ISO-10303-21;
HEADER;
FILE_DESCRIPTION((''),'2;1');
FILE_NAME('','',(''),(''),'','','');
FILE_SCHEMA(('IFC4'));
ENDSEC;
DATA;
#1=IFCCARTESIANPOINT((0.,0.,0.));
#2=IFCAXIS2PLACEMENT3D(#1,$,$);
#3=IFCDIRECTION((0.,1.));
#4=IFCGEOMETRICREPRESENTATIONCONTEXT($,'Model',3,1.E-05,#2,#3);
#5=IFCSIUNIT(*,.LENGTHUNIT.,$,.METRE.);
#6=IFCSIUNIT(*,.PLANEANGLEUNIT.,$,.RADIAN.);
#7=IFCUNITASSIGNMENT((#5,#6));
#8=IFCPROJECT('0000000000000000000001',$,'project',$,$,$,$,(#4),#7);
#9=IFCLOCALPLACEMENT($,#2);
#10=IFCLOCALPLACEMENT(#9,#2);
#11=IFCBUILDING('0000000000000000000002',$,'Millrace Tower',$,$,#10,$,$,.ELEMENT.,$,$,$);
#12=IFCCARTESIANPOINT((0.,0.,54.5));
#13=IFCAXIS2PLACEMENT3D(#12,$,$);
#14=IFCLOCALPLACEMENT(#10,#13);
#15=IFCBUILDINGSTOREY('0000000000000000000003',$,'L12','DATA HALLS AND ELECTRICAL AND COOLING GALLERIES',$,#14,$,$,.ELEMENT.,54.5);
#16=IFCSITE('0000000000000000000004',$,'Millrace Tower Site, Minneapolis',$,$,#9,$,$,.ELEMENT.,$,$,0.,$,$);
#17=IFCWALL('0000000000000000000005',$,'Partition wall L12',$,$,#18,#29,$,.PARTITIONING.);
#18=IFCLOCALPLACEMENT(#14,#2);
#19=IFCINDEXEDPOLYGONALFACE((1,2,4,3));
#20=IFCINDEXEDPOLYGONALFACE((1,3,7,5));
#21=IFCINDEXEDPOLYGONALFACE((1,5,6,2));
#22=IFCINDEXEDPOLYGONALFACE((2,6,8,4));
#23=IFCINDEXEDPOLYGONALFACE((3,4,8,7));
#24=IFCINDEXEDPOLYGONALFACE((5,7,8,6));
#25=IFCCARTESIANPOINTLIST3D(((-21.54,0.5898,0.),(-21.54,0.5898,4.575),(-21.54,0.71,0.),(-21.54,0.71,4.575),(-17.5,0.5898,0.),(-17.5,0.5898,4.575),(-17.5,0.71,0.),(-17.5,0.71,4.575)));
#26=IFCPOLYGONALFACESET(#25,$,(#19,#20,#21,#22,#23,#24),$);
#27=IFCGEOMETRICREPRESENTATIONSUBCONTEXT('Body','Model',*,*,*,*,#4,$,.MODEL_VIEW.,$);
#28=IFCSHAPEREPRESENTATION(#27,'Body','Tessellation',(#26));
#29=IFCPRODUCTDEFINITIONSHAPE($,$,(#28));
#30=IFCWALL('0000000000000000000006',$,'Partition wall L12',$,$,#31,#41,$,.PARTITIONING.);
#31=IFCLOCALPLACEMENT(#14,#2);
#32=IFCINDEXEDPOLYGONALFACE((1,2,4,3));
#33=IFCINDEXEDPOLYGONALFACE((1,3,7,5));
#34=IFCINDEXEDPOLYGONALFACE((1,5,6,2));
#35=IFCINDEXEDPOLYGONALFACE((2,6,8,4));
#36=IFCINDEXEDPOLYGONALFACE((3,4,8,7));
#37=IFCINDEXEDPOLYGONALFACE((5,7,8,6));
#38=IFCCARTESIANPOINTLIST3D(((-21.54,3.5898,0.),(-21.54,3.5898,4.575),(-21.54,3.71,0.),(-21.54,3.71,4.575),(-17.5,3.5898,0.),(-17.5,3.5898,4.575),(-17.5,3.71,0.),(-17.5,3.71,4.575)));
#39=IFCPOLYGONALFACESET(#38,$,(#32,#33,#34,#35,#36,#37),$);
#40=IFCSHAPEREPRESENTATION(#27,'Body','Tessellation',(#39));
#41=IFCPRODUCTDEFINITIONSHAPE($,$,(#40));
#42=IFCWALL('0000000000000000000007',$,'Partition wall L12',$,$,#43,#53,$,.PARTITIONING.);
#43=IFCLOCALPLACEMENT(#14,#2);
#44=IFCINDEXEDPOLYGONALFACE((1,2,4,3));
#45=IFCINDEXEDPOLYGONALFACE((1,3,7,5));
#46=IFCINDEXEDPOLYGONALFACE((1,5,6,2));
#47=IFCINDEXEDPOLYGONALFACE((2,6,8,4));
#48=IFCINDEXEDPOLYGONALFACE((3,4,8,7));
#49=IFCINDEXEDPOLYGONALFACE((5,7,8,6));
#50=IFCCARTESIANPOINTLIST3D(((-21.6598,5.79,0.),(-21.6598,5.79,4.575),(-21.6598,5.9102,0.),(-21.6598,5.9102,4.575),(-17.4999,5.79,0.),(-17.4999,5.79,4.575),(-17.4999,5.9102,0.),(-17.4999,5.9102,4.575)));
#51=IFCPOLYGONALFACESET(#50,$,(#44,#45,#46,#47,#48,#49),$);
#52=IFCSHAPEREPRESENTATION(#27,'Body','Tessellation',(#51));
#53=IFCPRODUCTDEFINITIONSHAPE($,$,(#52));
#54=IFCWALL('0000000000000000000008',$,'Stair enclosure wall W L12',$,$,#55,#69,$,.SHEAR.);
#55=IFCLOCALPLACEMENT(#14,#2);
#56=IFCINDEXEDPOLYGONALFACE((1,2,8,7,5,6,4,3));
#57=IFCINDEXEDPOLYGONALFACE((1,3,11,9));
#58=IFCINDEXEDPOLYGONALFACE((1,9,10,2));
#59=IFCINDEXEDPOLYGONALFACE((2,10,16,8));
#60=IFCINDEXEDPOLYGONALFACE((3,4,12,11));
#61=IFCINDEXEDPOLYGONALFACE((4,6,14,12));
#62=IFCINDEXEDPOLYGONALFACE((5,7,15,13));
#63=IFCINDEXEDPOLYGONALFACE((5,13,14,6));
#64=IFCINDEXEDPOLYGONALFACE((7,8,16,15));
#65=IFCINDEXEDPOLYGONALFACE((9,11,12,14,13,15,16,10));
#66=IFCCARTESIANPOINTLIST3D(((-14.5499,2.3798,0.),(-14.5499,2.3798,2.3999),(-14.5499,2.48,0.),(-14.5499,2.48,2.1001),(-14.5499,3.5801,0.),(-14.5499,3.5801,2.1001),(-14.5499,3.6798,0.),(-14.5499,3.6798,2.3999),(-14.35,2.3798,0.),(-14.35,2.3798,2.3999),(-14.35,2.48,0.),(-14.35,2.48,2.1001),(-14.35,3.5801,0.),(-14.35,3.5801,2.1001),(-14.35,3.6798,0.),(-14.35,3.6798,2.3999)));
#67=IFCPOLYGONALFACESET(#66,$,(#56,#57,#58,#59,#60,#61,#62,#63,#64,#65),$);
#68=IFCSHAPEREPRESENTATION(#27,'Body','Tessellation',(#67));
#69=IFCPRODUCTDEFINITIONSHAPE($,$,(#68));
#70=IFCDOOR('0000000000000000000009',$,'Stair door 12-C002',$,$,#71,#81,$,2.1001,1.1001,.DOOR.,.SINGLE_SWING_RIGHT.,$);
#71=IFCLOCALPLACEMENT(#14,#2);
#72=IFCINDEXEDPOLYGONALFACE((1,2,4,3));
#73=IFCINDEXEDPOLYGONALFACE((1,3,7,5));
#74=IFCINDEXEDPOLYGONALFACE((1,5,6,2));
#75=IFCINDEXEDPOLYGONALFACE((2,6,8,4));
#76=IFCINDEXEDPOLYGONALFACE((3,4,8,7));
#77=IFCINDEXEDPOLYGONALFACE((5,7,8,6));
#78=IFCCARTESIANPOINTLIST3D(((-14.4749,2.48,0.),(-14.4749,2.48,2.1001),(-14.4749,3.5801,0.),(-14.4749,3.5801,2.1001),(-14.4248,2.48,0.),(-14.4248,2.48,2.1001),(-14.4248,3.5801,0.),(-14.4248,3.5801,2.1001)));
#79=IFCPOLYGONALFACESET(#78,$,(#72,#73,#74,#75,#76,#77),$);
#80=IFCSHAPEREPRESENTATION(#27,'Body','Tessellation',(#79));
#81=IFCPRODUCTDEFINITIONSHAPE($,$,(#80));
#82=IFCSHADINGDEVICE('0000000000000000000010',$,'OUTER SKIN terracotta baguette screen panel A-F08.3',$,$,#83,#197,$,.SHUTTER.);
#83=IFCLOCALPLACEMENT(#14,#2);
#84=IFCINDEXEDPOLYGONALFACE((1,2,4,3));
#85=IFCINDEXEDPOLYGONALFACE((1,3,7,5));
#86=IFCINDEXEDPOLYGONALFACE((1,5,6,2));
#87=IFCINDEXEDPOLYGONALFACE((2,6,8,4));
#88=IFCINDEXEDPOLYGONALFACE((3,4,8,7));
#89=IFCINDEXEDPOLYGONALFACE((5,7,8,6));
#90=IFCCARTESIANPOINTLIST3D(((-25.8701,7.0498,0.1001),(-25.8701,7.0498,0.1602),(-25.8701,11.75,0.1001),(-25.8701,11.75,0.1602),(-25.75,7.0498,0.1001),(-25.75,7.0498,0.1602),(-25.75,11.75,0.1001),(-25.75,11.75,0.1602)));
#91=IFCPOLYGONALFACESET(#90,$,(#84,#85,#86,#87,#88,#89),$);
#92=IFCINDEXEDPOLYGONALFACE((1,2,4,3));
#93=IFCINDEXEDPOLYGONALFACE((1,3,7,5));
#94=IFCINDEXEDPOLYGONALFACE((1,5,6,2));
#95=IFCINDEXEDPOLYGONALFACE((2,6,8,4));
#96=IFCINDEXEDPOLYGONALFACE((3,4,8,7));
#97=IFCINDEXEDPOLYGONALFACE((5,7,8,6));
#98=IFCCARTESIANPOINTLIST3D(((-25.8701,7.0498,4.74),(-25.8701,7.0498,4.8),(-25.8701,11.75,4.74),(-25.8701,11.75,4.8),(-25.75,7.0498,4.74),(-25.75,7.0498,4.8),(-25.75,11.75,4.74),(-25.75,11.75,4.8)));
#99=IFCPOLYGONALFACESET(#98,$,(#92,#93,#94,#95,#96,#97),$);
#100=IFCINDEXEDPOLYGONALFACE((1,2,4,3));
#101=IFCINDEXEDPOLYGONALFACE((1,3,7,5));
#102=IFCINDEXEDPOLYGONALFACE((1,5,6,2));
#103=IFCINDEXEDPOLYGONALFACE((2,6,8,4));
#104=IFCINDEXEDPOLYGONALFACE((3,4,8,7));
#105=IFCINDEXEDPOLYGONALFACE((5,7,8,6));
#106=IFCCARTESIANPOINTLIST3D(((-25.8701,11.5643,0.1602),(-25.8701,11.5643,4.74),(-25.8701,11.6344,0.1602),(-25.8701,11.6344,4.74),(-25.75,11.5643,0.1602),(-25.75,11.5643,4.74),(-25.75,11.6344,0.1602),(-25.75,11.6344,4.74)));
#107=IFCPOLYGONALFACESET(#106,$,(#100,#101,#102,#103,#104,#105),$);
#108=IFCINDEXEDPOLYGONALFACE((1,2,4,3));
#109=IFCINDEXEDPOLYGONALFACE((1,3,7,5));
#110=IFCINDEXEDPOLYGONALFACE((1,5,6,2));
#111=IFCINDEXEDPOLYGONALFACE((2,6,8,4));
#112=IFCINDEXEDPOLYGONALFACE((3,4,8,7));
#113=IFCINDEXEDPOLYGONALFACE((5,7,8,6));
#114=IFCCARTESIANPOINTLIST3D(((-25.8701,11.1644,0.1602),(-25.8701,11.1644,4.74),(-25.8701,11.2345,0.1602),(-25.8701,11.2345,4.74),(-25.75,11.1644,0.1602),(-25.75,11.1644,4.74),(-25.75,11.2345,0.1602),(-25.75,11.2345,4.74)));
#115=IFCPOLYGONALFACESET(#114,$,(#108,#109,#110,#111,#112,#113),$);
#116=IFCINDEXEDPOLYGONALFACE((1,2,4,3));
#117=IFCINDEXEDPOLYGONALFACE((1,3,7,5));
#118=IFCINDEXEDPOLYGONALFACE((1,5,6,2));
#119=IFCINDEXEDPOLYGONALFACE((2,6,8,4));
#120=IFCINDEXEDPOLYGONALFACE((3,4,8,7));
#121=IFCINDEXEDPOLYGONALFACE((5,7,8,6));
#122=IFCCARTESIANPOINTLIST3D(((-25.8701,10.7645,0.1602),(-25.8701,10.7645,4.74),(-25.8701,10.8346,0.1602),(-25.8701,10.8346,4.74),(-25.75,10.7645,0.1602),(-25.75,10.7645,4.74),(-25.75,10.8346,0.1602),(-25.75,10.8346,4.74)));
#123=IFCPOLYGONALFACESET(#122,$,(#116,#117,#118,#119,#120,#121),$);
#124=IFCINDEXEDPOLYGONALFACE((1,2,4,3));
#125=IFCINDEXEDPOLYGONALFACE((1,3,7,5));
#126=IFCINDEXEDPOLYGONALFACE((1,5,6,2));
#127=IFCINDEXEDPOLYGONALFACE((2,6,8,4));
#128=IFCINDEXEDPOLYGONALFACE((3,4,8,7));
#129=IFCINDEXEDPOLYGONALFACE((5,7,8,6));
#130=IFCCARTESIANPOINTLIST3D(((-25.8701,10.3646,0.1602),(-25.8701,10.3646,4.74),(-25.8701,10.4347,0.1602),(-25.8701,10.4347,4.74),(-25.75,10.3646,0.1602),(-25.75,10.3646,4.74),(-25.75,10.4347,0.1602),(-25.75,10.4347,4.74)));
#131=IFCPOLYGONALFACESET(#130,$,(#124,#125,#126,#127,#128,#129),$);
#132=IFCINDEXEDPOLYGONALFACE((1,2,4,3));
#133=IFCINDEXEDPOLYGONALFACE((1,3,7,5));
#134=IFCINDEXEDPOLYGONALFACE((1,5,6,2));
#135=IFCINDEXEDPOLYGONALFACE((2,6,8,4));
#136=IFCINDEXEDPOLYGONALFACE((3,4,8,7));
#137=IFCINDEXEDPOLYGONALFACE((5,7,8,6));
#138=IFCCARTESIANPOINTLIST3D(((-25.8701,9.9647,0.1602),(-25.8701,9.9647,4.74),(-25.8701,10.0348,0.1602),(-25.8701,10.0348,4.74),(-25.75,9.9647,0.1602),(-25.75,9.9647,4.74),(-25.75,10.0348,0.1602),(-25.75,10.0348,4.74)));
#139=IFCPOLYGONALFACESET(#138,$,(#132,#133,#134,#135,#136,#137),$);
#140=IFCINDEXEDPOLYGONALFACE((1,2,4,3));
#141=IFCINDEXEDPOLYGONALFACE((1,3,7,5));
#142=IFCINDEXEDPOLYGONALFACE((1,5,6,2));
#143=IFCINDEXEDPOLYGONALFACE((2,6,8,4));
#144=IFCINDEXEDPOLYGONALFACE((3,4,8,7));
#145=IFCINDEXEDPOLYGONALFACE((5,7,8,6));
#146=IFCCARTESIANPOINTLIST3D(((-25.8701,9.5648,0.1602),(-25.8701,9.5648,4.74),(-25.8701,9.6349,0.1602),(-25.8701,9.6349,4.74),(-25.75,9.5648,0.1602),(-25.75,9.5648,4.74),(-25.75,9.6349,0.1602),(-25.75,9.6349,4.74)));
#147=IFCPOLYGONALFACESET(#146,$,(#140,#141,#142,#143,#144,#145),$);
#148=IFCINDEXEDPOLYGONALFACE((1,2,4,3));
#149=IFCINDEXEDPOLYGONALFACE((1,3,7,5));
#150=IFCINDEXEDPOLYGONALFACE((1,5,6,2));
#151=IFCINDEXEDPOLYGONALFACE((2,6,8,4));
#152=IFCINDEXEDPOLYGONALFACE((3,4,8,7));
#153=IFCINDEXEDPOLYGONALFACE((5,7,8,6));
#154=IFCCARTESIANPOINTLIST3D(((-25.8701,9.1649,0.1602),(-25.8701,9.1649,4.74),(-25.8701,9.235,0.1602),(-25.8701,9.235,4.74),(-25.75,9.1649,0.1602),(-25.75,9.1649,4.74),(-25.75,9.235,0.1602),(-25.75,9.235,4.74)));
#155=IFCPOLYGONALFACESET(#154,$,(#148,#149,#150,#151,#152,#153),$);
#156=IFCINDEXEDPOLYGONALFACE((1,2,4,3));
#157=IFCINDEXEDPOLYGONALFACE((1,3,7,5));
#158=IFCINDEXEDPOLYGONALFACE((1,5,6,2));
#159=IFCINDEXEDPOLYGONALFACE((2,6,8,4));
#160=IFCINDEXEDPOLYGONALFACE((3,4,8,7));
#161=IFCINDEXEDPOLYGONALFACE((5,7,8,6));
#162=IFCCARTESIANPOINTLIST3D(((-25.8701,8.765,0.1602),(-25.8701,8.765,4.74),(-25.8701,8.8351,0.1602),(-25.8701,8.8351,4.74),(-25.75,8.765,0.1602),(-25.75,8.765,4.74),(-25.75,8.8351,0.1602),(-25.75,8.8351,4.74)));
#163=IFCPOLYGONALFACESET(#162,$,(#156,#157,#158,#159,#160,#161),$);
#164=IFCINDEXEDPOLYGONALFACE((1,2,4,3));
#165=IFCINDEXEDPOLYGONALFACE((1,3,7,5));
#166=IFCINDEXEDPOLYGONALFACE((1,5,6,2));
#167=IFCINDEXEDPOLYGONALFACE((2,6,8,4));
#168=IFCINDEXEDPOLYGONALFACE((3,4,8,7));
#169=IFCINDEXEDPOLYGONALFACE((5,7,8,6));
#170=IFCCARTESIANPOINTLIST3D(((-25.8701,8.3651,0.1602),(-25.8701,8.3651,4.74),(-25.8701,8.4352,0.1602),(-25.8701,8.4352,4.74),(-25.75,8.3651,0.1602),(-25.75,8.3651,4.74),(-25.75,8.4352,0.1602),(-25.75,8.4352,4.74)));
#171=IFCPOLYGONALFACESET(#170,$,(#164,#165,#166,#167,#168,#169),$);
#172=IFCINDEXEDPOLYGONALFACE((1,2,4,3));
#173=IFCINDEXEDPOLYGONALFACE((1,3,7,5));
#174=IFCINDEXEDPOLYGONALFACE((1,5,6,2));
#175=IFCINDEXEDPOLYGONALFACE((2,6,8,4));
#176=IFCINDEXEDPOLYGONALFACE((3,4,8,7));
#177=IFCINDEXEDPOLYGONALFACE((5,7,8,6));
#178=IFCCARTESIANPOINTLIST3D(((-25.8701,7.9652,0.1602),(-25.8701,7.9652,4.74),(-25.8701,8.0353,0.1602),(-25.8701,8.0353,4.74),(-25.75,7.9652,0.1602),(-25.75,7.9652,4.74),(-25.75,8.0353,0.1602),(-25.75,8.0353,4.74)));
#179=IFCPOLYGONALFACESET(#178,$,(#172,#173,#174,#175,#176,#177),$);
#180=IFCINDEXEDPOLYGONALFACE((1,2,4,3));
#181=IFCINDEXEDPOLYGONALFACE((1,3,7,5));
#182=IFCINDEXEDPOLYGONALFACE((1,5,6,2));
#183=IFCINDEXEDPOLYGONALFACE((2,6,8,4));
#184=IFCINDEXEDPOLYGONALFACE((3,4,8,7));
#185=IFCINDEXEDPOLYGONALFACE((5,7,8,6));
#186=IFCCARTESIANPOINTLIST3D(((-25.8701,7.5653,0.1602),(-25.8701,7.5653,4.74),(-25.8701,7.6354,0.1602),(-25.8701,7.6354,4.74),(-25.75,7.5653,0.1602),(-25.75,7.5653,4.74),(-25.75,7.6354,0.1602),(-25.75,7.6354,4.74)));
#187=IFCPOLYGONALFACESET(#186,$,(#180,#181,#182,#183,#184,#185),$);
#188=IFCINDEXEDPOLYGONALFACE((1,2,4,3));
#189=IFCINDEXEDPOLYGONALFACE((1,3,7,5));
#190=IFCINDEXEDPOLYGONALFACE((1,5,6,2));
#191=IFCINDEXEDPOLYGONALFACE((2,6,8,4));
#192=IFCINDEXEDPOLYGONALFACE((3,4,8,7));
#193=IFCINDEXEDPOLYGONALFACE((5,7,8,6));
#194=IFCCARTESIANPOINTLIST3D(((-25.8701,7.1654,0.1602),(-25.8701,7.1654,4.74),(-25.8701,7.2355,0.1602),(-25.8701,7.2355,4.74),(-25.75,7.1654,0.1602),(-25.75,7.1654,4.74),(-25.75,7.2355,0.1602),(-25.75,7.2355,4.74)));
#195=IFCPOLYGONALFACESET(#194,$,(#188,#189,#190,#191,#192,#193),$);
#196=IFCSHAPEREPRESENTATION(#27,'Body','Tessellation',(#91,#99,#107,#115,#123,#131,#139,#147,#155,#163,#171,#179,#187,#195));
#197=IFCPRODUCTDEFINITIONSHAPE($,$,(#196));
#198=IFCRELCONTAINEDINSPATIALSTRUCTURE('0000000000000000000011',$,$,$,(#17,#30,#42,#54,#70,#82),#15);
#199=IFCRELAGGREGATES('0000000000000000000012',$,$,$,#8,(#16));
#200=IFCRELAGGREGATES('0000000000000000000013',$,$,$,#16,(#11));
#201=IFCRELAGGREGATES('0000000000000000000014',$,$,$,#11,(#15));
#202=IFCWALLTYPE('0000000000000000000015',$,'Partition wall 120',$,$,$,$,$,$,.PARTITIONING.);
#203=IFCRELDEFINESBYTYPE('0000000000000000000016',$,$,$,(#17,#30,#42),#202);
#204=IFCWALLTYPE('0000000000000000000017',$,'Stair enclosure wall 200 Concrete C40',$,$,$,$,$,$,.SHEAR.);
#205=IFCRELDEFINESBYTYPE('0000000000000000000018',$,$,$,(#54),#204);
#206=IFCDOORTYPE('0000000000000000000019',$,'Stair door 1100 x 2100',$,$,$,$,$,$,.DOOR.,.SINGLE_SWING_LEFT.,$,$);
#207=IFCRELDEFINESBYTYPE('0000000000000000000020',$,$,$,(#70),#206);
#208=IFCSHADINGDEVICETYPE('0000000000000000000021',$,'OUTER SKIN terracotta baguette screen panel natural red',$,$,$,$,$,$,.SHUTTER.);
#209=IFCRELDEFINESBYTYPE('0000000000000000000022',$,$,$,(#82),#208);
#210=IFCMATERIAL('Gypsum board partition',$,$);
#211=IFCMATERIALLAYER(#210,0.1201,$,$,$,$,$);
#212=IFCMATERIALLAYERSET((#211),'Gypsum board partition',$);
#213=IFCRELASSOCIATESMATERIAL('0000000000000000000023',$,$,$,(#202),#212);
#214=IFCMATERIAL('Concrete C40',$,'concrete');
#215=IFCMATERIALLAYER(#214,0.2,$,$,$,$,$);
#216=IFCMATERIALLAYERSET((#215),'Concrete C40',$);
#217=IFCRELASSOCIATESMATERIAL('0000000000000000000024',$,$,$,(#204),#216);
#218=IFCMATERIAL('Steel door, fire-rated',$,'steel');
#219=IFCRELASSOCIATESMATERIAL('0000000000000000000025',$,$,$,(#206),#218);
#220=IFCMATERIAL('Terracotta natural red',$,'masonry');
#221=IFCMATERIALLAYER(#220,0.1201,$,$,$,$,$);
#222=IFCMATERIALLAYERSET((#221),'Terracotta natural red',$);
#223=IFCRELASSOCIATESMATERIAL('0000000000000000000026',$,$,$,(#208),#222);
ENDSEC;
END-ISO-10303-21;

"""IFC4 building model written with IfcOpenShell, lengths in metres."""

from ifc_helpers import new_model, entity, si_unit, direction, frame, frame_2d, origin, place, context, subcontext, project, spatial, rectangle, extrude, source, transform, mapped, material, layer, layer_set, type_object, element, fill, save


model = new_model("IFC4")

# Units and contexts
model_context = context("Model", 3, precision=1e-05, world=origin(), true_north=direction((0.0, 1.0)))
body_context = subcontext(model_context, "Body", "Model", "MODEL_VIEW")
ifc_project = project(units=[si_unit("LENGTHUNIT", "METRE"), si_unit("PLANEANGLEUNIT", "RADIAN")], contexts=[model_context])

# Site, building, storey
site_placement = place(None, origin())
site = spatial("IfcSite", under=ifc_project, at=site_placement, Name="Millrace Tower Site, Minneapolis", CompositionType="ELEMENT", RefElevation=0.0)
building_placement = place(site_placement, origin())
building = spatial("IfcBuilding", under=site, at=building_placement, Name="Millrace Tower", CompositionType="ELEMENT")
storey_placement = place(building_placement, frame((0.0, 0.0, 54.5)))
storey = spatial("IfcBuildingStorey", under=building, at=storey_placement, Name="L12", Description="DATA HALLS AND ELECTRICAL AND COOLING GALLERIES", CompositionType="ELEMENT", Elevation=54.5)

# Walls
ifc_material_1 = material(Name="Gypsum board partition")
ifc_layer_1 = layer(ifc_material_1, 0.1201)
ifc_layer_set_1 = layer_set([ifc_layer_1], Name="Gypsum board partition")
wall_type_1 = type_object("IfcWallType", Name="Partition wall 120", PredefinedType="PARTITIONING", material=ifc_layer_set_1)
for number, where, z_axis, x_axis, name in (
    (1, (-21.54, 0.6499, 0.0), (0.0, 0.0, 1.0), (1.0, 0.0, 0.0), "Partition wall L12"),
    (2, (-21.54, 3.6499, 0.0), (0.0, 0.0, 1.0), (1.0, 0.0, 0.0), "Partition wall L12"),
):
    element("IfcWall", number, at=place(storey_placement, frame(where, z_axis=z_axis, x_axis=x_axis)), inside=storey, type_object=wall_type_1, Name=name, PredefinedType="PARTITIONING", context=body_context, shape_type="SweptSolid", body=[
        extrude(rectangle(XDim=4.04, YDim=0.1201, at=frame_2d((2.02, 0.0))), origin(), (0.0, 0.0, 1.0), 4.575),
    ])
wall_1_placement = place(storey_placement, frame((-21.6599, 5.8501, 0.0), z_axis=(0.0, 0.0, 1.0), x_axis=(1.0, 0.0, 0.0)))
element("IfcWall", 3, at=wall_1_placement, inside=storey, type_object=wall_type_1, Name="Partition wall L12", PredefinedType="PARTITIONING", context=body_context, shape_type="SweptSolid", body=[
    extrude(rectangle(XDim=4.1599, YDim=0.1201, at=frame_2d((2.0801, 0.0))), origin(), (0.0, 0.0, 1.0), 4.575),
])

# Wall, opening, door
ifc_material_2 = material(Name="Concrete C40", Category="concrete")
ifc_layer_2 = layer(ifc_material_2, 0.2)
ifc_layer_set_2 = layer_set([ifc_layer_2], Name="Concrete C40")
wall_type_2 = type_object("IfcWallType", Name="Stair enclosure wall 200 Concrete C40", PredefinedType="SHEAR", material=ifc_layer_set_2)
wall_2_placement = place(storey_placement, frame((-14.45, 2.3799, 0.0), z_axis=(0.0, 0.0, 1.0), x_axis=(0.0, 1.0, 0.0)))
wall_2 = element("IfcWall", 4, at=wall_2_placement, inside=storey, type_object=wall_type_2, Name="Stair enclosure wall W L12", PredefinedType="SHEAR", context=body_context, shape_type="SweptSolid", body=[
    extrude(rectangle(XDim=1.3, YDim=0.2, at=frame_2d((0.6499, 0.0))), origin(), (0.0, 0.0, 1.0), 2.3999),
])
opening_1_placement = place(wall_2_placement, frame((0.1001, 0.0, 0.0)))
opening_1 = element("IfcOpeningElement", 5, at=opening_1_placement, cuts=wall_2, PredefinedType="OPENING", context=body_context, shape_type="SweptSolid", body=[
    extrude(rectangle(XDim=1.1001, YDim=2.1001, at=frame_2d((0.55, 1.05))), frame((0.0, 0.1099, 0.0), z_axis=(0.0, -1.0, 0.0), x_axis=(1.0, 0.0, 0.0)), (0.0, 0.0, 1.0), 0.22),
])
ifc_material_3 = material(Name="Steel door, fire-rated", Category="steel")
door_type_1 = type_object("IfcDoorType", Name="Stair door 1100 x 2100", OperationType="SINGLE_SWING_LEFT", PredefinedType="DOOR", material=ifc_material_3)
door_1_placement = place(opening_1_placement, origin())
door_1 = element("IfcDoor", 6, at=door_1_placement, inside=storey, type_object=door_type_1, Name="Stair door 12-C002", OperationType="SINGLE_SWING_RIGHT", OverallHeight=2.1001, OverallWidth=1.1001, PredefinedType="DOOR", context=body_context, shape_type="SweptSolid", body=[
    extrude(rectangle(XDim=1.1001, YDim=2.1001, at=frame_2d((0.55, 1.05))), frame((0.0, 0.0249, 0.0), z_axis=(0.0, -1.0, 0.0), x_axis=(1.0, 0.0, 0.0)), (0.0, 0.0, 1.0), 0.05),
])
fill(opening_1, door_1)

# Shading device
ifc_material_4 = material(Name="Terracotta natural red", Category="masonry")
ifc_layer_3 = layer(ifc_material_4, 0.1201)
ifc_layer_set_3 = layer_set([ifc_layer_3], Name="Terracotta natural red")
shading_device_type = type_object("IfcShadingDeviceType", Name="OUTER SKIN terracotta baguette screen panel natural red", PredefinedType="SHUTTER", material=ifc_layer_set_3)
cartesian_point = entity("IfcCartesianPoint", [-2.3501, 0.0601])
shared_polyline = entity("IfcPolyline", [cartesian_point, entity("IfcCartesianPoint", [2.3501, 0.0601]), entity("IfcCartesianPoint", [2.3501, -0.0601]), entity("IfcCartesianPoint", [-2.3501, -0.0601]), cartesian_point])
shared_shape = source(origin(), body_context, "Body", "SweptSolid", [
    entity("IfcExtrudedAreaSolid", entity("IfcArbitraryClosedProfileDef", "AREA", None, shared_polyline), entity("IfcAxis2Placement3D", entity("IfcCartesianPoint", [0.0, 0.0, 0.0])), entity("IfcDirection", [0.0, 0.0, 1.0]), 0.0601),
    entity("IfcExtrudedAreaSolid", entity("IfcArbitraryClosedProfileDef", "AREA", None, shared_polyline), entity("IfcAxis2Placement3D", entity("IfcCartesianPoint", [0.0, 0.0, 4.6399])), entity("IfcDirection", [0.0, 0.0, 1.0]), 0.0601),
    extrude(rectangle(XDim=0.0701, YDim=0.1201, at=frame_2d((-2.1995, 0.0))), frame((0.0, 0.0, 0.0601)), (0.0, 0.0, 1.0), 4.5798),
    extrude(rectangle(XDim=0.0701, YDim=0.1201, at=frame_2d((-1.7996, 0.0))), frame((0.0, 0.0, 0.0601)), (0.0, 0.0, 1.0), 4.5798),
    extrude(rectangle(XDim=0.0701, YDim=0.1201, at=frame_2d((-1.3997, 0.0))), frame((0.0, 0.0, 0.0601)), (0.0, 0.0, 1.0), 4.5798),
    extrude(rectangle(XDim=0.0701, YDim=0.1201, at=frame_2d((-0.9998, 0.0))), frame((0.0, 0.0, 0.0601)), (0.0, 0.0, 1.0), 4.5798),
    extrude(rectangle(XDim=0.0701, YDim=0.1201, at=frame_2d((-0.5999, 0.0))), frame((0.0, 0.0, 0.0601)), (0.0, 0.0, 1.0), 4.5798),
    extrude(rectangle(XDim=0.0701, YDim=0.1201, at=frame_2d((-0.2, 0.0))), frame((0.0, 0.0, 0.0601)), (0.0, 0.0, 1.0), 4.5798),
    extrude(rectangle(XDim=0.0701, YDim=0.1201, at=frame_2d((0.2, 0.0))), frame((0.0, 0.0, 0.0601)), (0.0, 0.0, 1.0), 4.5798),
    extrude(rectangle(XDim=0.0701, YDim=0.1201, at=frame_2d((0.5999, 0.0))), frame((0.0, 0.0, 0.0601)), (0.0, 0.0, 1.0), 4.5798),
    extrude(rectangle(XDim=0.0701, YDim=0.1201, at=frame_2d((0.9998, 0.0))), frame((0.0, 0.0, 0.0601)), (0.0, 0.0, 1.0), 4.5798),
    extrude(rectangle(XDim=0.0701, YDim=0.1201, at=frame_2d((1.3997, 0.0))), frame((0.0, 0.0, 0.0601)), (0.0, 0.0, 1.0), 4.5798),
    extrude(rectangle(XDim=0.0701, YDim=0.1201, at=frame_2d((1.7996, 0.0))), frame((0.0, 0.0, 0.0601)), (0.0, 0.0, 1.0), 4.5798),
    extrude(rectangle(XDim=0.0701, YDim=0.1201, at=frame_2d((2.1995, 0.0))), frame((0.0, 0.0, 0.0601)), (0.0, 0.0, 1.0), 4.5798),
])
for number, where, z_axis, x_axis, name in (
    (7, (-25.8101, 9.3999, 0.1001), (0.0, 0.0, 1.0), (0.0, -1.0, 0.0), "OUTER SKIN terracotta baguette screen panel A-F08.3"),
):
    element("IfcShadingDevice", number, at=place(storey_placement, frame(where, z_axis=z_axis, x_axis=x_axis)), inside=storey, type_object=shading_device_type, Name=name, PredefinedType="SHUTTER", context=body_context, shape_type="MappedRepresentation", body=[
        mapped(shared_shape, transform((0.0, 0.0, 0.0), scale=1.0)),
    ])

save(model, "model.ifc")
